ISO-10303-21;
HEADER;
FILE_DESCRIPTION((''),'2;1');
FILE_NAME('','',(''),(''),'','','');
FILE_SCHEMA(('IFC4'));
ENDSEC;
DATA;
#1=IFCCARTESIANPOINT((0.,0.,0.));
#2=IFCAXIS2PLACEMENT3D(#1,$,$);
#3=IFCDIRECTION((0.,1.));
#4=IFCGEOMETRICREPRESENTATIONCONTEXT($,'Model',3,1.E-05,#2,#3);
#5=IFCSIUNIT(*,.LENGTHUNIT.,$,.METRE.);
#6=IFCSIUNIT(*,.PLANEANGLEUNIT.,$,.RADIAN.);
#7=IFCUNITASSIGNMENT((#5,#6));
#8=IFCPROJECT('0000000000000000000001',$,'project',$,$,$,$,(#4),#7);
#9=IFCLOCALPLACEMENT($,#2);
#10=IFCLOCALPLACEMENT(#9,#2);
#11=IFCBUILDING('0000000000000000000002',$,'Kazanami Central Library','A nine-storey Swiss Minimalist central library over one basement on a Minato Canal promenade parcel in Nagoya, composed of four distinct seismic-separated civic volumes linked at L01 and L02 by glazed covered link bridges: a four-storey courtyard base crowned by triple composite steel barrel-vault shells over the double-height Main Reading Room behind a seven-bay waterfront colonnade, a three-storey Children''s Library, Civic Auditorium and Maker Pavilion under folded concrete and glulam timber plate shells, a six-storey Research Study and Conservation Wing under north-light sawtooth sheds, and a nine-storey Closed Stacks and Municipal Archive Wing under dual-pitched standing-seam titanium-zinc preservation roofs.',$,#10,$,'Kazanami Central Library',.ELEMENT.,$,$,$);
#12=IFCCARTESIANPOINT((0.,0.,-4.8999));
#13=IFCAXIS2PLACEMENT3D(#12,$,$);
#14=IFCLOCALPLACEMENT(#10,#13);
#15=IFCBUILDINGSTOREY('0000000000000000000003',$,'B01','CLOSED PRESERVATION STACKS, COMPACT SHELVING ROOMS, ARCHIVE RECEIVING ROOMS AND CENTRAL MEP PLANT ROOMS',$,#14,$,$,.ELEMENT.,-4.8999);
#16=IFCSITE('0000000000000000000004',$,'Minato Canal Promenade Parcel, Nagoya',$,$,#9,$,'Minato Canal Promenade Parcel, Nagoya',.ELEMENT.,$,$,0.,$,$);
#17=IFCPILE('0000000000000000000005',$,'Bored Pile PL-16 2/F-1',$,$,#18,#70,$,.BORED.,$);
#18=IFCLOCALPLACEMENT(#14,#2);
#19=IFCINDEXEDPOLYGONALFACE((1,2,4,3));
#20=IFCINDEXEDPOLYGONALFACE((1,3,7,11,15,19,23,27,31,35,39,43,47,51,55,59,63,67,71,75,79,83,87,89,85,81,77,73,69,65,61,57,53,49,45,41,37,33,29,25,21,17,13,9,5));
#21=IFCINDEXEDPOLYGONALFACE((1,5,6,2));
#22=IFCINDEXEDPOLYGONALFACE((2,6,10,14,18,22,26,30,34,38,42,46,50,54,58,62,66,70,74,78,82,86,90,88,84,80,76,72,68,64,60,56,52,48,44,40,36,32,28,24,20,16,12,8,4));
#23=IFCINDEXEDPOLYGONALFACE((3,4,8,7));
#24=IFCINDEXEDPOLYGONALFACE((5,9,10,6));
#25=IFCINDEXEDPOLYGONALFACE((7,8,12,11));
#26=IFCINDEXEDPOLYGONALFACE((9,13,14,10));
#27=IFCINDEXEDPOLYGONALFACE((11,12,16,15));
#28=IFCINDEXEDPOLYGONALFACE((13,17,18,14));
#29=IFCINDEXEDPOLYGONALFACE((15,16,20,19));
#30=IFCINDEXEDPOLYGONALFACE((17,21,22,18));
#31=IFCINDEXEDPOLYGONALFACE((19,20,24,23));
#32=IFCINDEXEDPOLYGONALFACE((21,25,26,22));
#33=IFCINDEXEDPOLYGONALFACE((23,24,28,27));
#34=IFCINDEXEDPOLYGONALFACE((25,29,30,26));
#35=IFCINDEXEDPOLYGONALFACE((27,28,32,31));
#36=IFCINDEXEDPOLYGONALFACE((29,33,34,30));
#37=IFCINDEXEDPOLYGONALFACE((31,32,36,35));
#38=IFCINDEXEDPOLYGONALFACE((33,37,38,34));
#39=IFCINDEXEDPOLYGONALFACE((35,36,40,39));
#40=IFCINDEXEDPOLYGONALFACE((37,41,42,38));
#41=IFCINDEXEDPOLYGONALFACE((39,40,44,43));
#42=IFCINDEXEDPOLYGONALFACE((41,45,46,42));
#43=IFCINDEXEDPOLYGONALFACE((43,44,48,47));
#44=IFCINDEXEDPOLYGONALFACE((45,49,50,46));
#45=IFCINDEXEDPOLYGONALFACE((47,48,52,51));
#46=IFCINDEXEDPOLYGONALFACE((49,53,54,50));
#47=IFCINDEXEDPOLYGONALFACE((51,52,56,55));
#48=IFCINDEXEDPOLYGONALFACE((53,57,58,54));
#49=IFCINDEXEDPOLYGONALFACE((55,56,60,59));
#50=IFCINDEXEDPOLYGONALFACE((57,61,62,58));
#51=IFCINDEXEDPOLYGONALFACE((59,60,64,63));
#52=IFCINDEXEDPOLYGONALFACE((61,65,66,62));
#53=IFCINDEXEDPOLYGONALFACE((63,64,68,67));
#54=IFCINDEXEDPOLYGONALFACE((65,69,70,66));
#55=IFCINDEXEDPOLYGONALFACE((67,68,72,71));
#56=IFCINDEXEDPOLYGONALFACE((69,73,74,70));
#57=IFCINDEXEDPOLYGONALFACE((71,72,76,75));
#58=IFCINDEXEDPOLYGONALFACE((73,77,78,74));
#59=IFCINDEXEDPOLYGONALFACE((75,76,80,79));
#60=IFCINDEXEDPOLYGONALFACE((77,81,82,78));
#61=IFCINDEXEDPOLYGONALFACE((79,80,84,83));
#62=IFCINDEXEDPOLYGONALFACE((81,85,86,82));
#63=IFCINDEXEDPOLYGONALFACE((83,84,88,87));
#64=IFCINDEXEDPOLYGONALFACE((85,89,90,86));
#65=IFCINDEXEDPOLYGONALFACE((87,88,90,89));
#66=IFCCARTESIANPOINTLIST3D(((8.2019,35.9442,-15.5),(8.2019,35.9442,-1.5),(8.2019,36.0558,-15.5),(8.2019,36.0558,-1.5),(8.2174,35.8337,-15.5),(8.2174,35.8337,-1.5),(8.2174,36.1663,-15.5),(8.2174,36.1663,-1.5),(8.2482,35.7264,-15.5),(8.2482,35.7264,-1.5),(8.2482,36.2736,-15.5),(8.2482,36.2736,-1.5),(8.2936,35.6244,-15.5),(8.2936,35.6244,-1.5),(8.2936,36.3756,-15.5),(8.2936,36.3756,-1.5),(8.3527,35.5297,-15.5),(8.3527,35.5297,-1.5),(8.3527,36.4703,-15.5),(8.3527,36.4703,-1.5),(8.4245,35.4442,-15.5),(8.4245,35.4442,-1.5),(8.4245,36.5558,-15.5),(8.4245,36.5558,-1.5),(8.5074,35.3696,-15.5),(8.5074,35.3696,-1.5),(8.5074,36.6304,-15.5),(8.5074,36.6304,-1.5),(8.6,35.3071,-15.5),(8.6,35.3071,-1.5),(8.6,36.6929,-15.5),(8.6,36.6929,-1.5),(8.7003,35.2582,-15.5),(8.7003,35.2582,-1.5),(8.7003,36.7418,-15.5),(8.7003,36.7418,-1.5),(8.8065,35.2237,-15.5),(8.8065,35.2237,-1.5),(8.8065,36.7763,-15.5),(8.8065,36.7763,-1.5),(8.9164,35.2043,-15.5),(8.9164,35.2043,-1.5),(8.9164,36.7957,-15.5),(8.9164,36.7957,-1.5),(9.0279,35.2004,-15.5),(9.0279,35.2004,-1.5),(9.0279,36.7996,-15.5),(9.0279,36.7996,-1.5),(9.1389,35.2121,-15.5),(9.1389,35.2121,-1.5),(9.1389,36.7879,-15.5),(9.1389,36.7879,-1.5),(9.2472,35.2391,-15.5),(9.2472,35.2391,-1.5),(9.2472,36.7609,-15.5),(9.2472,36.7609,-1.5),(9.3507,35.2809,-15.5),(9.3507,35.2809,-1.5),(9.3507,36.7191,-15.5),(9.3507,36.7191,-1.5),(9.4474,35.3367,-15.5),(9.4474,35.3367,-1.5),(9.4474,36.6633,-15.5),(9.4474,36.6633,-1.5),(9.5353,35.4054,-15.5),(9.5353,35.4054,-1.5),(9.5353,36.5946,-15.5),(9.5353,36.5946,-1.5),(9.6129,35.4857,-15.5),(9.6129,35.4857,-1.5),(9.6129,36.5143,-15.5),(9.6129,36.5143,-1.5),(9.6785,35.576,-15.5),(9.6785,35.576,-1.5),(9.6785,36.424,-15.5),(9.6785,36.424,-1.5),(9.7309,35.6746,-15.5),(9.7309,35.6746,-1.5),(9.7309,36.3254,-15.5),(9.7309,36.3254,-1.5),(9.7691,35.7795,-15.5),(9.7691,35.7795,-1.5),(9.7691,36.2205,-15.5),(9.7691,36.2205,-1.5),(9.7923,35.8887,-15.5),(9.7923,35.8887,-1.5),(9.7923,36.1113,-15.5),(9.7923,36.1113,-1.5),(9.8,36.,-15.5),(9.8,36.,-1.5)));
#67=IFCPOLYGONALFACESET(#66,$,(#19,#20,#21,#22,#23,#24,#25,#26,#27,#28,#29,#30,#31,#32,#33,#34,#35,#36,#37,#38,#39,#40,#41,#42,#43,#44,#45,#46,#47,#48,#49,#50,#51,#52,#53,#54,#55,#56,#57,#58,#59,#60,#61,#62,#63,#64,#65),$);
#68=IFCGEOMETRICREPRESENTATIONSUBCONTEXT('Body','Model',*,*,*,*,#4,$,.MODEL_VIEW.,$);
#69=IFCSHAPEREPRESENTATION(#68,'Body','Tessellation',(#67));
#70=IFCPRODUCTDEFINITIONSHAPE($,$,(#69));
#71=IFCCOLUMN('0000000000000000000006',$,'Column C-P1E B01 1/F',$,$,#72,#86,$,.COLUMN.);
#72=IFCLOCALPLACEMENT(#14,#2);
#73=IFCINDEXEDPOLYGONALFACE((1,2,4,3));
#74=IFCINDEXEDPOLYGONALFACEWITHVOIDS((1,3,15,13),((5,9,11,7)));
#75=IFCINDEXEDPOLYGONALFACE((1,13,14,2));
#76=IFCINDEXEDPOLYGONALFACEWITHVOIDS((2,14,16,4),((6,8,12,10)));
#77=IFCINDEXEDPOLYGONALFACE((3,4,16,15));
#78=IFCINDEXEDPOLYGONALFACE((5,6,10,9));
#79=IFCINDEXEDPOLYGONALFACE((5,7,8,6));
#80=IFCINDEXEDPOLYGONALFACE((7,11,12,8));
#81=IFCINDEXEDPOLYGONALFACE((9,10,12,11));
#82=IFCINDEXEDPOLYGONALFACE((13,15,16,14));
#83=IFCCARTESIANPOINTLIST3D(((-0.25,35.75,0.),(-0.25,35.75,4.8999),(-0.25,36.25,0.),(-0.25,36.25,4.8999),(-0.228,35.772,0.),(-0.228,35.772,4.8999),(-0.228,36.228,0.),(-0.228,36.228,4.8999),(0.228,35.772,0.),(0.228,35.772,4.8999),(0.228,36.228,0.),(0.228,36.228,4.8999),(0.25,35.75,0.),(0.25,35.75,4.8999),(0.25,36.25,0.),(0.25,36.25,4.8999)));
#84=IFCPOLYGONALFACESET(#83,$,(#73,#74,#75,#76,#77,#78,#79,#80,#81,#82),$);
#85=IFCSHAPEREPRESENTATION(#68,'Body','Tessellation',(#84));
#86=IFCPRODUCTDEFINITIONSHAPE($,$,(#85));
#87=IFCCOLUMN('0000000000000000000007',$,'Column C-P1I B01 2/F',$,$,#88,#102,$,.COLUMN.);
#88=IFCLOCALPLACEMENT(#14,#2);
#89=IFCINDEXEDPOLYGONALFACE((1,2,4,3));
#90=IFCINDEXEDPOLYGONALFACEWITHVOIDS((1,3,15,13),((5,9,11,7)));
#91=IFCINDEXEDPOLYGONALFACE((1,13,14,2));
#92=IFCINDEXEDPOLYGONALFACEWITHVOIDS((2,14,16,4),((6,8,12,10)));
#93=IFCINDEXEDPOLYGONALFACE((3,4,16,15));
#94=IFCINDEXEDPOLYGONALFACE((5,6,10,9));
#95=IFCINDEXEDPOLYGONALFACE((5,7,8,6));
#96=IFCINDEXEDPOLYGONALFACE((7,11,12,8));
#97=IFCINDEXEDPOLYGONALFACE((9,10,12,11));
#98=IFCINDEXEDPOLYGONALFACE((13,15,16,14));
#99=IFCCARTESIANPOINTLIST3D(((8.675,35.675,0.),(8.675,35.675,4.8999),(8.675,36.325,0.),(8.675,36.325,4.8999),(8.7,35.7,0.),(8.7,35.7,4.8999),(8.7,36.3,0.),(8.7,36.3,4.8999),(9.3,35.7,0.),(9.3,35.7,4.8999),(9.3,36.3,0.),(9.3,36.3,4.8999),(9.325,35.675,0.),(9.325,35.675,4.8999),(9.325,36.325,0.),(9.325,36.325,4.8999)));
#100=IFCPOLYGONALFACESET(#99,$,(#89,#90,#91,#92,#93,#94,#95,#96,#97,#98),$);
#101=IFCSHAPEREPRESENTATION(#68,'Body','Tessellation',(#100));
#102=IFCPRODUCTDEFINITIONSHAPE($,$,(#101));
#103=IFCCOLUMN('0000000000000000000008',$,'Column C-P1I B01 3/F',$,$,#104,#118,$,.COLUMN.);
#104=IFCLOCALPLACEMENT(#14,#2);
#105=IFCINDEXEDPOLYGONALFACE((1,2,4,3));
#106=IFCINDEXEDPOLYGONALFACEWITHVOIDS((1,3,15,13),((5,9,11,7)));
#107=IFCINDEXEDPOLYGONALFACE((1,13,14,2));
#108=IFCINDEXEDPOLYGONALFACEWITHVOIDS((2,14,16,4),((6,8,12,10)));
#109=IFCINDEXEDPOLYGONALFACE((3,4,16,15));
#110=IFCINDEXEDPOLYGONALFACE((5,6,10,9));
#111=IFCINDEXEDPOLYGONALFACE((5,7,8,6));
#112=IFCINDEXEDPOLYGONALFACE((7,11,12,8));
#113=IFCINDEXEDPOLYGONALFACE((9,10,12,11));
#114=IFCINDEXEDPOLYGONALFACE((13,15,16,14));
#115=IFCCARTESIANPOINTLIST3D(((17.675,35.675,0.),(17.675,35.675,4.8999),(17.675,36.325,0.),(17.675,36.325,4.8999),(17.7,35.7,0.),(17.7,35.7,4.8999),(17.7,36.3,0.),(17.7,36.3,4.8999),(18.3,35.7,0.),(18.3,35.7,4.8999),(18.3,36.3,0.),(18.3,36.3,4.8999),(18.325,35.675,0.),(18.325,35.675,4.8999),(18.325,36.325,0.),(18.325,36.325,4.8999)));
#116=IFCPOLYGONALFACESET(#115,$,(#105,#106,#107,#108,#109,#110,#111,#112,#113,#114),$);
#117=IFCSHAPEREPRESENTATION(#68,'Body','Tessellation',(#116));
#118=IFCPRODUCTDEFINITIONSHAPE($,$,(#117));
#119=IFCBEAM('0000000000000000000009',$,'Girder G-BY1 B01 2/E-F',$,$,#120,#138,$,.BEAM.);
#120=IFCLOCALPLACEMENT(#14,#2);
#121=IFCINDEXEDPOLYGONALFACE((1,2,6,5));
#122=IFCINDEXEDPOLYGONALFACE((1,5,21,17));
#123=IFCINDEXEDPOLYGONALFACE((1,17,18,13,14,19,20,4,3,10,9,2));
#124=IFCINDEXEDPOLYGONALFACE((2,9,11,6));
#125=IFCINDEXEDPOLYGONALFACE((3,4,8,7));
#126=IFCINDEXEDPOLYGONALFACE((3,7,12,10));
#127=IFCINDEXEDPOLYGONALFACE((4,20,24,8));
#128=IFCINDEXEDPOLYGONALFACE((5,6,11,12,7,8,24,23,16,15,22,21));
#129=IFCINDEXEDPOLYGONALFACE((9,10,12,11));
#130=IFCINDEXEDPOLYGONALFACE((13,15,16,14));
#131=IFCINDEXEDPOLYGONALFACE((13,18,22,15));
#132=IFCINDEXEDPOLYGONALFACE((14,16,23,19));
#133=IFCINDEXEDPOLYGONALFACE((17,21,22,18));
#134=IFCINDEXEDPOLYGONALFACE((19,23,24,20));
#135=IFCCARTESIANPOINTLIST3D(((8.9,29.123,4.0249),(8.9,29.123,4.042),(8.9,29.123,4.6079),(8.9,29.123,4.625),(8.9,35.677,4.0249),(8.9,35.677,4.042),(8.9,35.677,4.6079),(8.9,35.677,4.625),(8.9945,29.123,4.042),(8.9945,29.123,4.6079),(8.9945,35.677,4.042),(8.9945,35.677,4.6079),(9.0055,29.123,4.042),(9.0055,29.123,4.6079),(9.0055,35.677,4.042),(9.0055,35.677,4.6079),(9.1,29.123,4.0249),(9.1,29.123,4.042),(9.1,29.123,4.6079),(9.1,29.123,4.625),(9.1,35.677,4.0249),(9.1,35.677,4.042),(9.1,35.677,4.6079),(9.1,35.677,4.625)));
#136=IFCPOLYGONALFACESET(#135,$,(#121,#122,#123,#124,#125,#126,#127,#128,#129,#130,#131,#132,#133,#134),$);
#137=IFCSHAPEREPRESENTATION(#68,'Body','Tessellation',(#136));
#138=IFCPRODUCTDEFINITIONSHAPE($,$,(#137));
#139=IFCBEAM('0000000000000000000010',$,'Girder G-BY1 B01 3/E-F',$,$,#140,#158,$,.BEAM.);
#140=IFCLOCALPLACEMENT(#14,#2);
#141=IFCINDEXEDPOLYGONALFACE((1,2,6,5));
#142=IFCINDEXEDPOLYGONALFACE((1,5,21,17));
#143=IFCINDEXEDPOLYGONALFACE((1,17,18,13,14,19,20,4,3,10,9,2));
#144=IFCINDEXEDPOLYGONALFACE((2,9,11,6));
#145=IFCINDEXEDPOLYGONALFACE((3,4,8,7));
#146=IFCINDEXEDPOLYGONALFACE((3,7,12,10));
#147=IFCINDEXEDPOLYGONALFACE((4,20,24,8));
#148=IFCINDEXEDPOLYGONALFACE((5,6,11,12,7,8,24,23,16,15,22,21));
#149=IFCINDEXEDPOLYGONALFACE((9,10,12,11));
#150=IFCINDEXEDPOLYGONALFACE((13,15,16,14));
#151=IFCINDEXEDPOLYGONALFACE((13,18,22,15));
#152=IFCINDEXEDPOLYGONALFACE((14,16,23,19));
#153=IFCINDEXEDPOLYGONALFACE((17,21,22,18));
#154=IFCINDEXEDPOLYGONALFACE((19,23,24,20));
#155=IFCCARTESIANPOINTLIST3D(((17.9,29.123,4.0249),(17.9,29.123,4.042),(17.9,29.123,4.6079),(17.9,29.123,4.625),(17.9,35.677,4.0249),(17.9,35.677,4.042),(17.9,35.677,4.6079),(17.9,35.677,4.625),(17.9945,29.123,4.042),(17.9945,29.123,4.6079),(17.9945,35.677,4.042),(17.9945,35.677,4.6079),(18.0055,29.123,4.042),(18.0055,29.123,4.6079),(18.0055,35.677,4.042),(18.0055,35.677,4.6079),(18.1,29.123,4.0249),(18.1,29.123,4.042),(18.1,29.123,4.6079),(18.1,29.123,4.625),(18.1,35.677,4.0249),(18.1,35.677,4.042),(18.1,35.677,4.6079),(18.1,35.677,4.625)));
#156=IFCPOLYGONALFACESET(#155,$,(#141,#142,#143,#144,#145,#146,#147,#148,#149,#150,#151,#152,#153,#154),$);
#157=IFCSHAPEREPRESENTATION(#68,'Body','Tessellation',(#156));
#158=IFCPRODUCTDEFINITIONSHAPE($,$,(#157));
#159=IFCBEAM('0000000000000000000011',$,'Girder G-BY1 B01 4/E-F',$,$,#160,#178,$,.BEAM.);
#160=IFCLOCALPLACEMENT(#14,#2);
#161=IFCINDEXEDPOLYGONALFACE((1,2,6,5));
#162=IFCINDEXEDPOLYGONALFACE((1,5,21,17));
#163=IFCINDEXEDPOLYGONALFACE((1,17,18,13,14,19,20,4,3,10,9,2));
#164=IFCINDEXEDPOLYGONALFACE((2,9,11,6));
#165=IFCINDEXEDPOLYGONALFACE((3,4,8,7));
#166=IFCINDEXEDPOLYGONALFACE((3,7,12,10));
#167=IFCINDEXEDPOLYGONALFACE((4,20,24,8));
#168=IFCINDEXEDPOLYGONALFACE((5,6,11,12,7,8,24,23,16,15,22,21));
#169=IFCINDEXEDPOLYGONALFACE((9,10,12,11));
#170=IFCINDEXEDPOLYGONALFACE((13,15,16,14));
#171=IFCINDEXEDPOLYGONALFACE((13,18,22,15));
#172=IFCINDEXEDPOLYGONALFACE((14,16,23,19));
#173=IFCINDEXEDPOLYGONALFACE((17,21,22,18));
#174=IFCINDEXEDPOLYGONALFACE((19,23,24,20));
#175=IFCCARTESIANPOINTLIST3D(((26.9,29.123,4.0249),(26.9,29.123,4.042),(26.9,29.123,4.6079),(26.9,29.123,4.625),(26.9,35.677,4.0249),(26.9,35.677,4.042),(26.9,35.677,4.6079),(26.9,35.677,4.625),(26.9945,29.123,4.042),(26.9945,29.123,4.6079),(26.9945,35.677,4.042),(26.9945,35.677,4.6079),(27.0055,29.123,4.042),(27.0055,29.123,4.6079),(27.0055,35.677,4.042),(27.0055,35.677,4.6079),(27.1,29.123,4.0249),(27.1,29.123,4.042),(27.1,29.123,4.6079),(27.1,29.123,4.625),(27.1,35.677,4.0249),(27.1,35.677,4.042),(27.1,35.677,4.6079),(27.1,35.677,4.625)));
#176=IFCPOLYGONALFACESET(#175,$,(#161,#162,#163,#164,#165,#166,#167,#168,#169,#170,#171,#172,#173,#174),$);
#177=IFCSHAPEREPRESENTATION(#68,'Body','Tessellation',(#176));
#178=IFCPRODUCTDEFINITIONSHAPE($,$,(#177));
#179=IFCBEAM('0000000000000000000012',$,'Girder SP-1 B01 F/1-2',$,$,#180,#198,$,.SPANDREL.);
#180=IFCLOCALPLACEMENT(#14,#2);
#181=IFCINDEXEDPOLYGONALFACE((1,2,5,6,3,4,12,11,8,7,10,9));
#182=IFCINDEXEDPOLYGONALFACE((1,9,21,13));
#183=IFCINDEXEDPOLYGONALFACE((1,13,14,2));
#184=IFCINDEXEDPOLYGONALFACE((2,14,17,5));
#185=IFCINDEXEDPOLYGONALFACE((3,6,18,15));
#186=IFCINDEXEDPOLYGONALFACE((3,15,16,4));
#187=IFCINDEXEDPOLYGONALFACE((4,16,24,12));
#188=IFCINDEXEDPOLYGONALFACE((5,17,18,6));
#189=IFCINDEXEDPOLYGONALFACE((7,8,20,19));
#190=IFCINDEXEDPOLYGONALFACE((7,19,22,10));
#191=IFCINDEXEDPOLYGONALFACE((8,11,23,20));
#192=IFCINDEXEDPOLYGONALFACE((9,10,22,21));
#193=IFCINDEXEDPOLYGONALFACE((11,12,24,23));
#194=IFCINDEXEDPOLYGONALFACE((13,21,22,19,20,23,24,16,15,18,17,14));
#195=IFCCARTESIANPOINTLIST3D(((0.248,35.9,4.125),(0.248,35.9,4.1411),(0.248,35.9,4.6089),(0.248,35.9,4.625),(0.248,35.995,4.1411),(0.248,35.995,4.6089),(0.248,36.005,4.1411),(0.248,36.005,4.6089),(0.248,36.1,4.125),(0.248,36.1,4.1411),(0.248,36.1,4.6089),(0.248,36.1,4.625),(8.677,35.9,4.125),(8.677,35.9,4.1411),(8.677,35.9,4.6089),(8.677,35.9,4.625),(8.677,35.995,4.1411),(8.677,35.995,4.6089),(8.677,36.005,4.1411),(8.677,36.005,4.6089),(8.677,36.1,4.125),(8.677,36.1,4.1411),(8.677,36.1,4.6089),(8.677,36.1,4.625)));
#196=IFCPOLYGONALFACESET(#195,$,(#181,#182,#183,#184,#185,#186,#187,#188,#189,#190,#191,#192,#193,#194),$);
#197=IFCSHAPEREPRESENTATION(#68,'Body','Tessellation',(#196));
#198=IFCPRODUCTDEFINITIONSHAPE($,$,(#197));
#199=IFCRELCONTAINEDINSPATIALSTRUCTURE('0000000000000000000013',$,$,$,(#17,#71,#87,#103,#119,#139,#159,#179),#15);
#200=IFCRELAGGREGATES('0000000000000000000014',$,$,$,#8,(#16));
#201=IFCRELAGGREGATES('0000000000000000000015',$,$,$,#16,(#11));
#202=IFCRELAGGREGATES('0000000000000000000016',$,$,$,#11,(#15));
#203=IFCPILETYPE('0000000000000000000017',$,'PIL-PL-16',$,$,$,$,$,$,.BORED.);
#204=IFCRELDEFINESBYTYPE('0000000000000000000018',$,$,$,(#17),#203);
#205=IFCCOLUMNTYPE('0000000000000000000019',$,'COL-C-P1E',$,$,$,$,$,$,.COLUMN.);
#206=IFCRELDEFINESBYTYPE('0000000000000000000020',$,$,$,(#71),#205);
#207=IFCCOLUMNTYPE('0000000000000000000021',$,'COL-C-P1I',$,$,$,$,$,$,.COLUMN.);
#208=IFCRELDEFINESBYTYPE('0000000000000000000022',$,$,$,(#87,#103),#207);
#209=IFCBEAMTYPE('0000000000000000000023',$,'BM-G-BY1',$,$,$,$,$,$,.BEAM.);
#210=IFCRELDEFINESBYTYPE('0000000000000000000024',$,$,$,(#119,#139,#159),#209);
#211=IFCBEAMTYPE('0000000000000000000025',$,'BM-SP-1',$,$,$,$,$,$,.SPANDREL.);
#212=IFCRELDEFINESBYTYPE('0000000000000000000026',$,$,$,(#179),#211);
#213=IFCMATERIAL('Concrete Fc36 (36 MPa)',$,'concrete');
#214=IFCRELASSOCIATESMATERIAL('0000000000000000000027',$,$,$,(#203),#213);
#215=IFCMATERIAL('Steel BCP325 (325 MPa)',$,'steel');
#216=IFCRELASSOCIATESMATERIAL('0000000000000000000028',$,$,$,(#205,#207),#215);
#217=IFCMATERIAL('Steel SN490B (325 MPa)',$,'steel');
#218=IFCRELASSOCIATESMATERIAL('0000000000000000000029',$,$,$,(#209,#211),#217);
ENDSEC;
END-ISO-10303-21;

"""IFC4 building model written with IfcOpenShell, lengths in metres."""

from ifc_helpers import new_model, si_unit, direction, frame, origin, origin_2d, place, context, subcontext, project, spatial, hollow_rectangle, circle, i_section, extrude, material, material_profile, profile_set, type_object, element, save


model = new_model("IFC4")

# Units and contexts
model_context = context("Model", 3, precision=1e-05, world=origin(), true_north=direction((0.0, 1.0)))
body_context = subcontext(model_context, "Body", "Model", "MODEL_VIEW")
ifc_project = project(units=[si_unit("LENGTHUNIT", "METRE"), si_unit("PLANEANGLEUNIT", "RADIAN")], contexts=[model_context])

# Site, building, storey
site_placement = place(None, origin())
site = spatial("IfcSite", under=ifc_project, at=site_placement, Name="Minato Canal Promenade Parcel, Nagoya", LongName="Minato Canal Promenade Parcel, Nagoya", CompositionType="ELEMENT", RefElevation=0.0)
building_placement = place(site_placement, origin())
building = spatial("IfcBuilding", under=site, at=building_placement, Name="Kazanami Central Library", Description="A nine-storey Swiss Minimalist central library over one basement on a Minato Canal promenade parcel in Nagoya, composed of four distinct seismic-separated civic volumes linked at L01 and L02 by glazed covered link bridges: a four-storey courtyard base crowned by triple composite steel barrel-vault shells over the double-height Main Reading Room behind a seven-bay waterfront colonnade, a three-storey Children's Library, Civic Auditorium and Maker Pavilion under folded concrete and glulam timber plate shells, a six-storey Research Study and Conservation Wing under north-light sawtooth sheds, and a nine-storey Closed Stacks and Municipal Archive Wing under dual-pitched standing-seam titanium-zinc preservation roofs.", LongName="Kazanami Central Library", CompositionType="ELEMENT")
storey_placement = place(building_placement, frame((0.0, 0.0, -4.8999)))
storey = spatial("IfcBuildingStorey", under=building, at=storey_placement, Name="B01", Description="CLOSED PRESERVATION STACKS, COMPACT SHELVING ROOMS, ARCHIVE RECEIVING ROOMS AND CENTRAL MEP PLANT ROOMS", CompositionType="ELEMENT", Elevation=-4.8999)

# Shared definitions
ifc_material_1 = material(Name="Concrete Fc36 (36 MPa)", Category="concrete")

# Pile
ifc_material_profile_1 = material_profile(ifc_material_1, circle(Radius=0.8, at=origin_2d()), Name="BORED-D1600")
ifc_profile_set_1 = profile_set([ifc_material_profile_1], Name="Concrete Fc36 (36 MPa)")
pile_type_1 = type_object("IfcPileType", Name="PIL-PL-16", PredefinedType="BORED", material=ifc_profile_set_1)
pile_1_placement = place(storey_placement, frame((9.0, 36.0, -1.5), z_axis=(0.0, 0.0, -1.0), x_axis=(1.0, 0.0, 0.0)))
element("IfcPile", 1, at=pile_1_placement, inside=storey, type_object=pile_type_1, Name="Bored Pile PL-16 2/F-1", PredefinedType="BORED", context=body_context, shape_type="SweptSolid", body=[
    extrude(circle(Radius=0.8, at=origin_2d()), origin(), (0.0, 0.0, 1.0), 14.0),
])

# Columns
ifc_material_2 = material(Name="Steel BCP325 (325 MPa)", Category="steel")
ifc_material_profile_2 = material_profile(ifc_material_2, hollow_rectangle(XDim=0.5, YDim=0.5, WallThickness=0.022, at=origin_2d()), Name="BCP-500x500x22")
ifc_profile_set_2 = profile_set([ifc_material_profile_2], Name="Steel BCP325 (325 MPa)")
column_type_1 = type_object("IfcColumnType", Name="COL-C-P1E", PredefinedType="COLUMN", material=ifc_profile_set_2)
column_placement = place(storey_placement, frame((0.0, 36.0, 0.0), z_axis=(0.0, 0.0, 1.0), x_axis=(1.0, 0.0, 0.0)))
element("IfcColumn", 2, at=column_placement, inside=storey, type_object=column_type_1, Name="Column C-P1E B01 1/F", PredefinedType="COLUMN", context=body_context, shape_type="SweptSolid", body=[
    extrude(hollow_rectangle(XDim=0.5, YDim=0.5, WallThickness=0.022, at=origin_2d()), origin(), (0.0, 0.0, 1.0), 4.8999),
])
ifc_material_profile_3 = material_profile(ifc_material_2, hollow_rectangle(XDim=0.6499, YDim=0.6499, WallThickness=0.0249, at=origin_2d()), Name="BCP-650x650x25")
ifc_profile_set_3 = profile_set([ifc_material_profile_3], Name="Steel BCP325 (325 MPa)")
column_type_2 = type_object("IfcColumnType", Name="COL-C-P1I", PredefinedType="COLUMN", material=ifc_profile_set_3)
for number, where, z_axis, x_axis, name in (
    (3, (9.0, 36.0, 0.0), (0.0, 0.0, 1.0), (1.0, 0.0, 0.0), "Column C-P1I B01 2/F"),
    (4, (18.0, 36.0, 0.0), (0.0, 0.0, 1.0), (1.0, 0.0, 0.0), "Column C-P1I B01 3/F"),
):
    element("IfcColumn", number, at=place(storey_placement, frame(where, z_axis=z_axis, x_axis=x_axis)), inside=storey, type_object=column_type_2, Name=name, PredefinedType="COLUMN", context=body_context, shape_type="SweptSolid", body=[
        extrude(hollow_rectangle(XDim=0.6499, YDim=0.6499, WallThickness=0.0249, at=origin_2d()), origin(), (0.0, 0.0, 1.0), 4.8999),
    ])

# Beams
ifc_material_3 = material(Name="Steel SN490B (325 MPa)", Category="steel")
ifc_material_profile_4 = material_profile(ifc_material_3, i_section(OverallWidth=0.2, OverallDepth=0.6001, WebThickness=0.011, FlangeThickness=0.0171, at=origin_2d()), Name="H-600x200x11x17")
ifc_profile_set_4 = profile_set([ifc_material_profile_4], Name="Steel SN490B (325 MPa)")
beam_type_1 = type_object("IfcBeamType", Name="BM-G-BY1", PredefinedType="BEAM", material=ifc_profile_set_4)
for number, where, z_axis, x_axis, name in (
    (5, (9.0, 29.123, 4.325), (0.0, 1.0, 0.0), (-1.0, 0.0, 0.0), "Girder G-BY1 B01 2/E-F"),
    (6, (18.0, 29.123, 4.325), (0.0, 1.0, 0.0), (-1.0, 0.0, 0.0), "Girder G-BY1 B01 3/E-F"),
    (7, (27.0, 29.123, 4.325), (0.0, 1.0, 0.0), (-1.0, 0.0, 0.0), "Girder G-BY1 B01 4/E-F"),
):
    element("IfcBeam", number, at=place(storey_placement, frame(where, z_axis=z_axis, x_axis=x_axis)), inside=storey, type_object=beam_type_1, Name=name, PredefinedType="BEAM", context=body_context, shape_type="SweptSolid", body=[
        extrude(i_section(OverallWidth=0.2, OverallDepth=0.6001, WebThickness=0.011, FlangeThickness=0.0171, at=origin_2d()), origin(), (0.0, 0.0, 1.0), 6.554),
    ])
ifc_material_profile_5 = material_profile(ifc_material_3, i_section(OverallWidth=0.2, OverallDepth=0.5, WebThickness=0.01, FlangeThickness=0.0161, at=origin_2d()), Name="H-500x200x10x16")
ifc_profile_set_5 = profile_set([ifc_material_profile_5], Name="Steel SN490B (325 MPa)")
beam_type_2 = type_object("IfcBeamType", Name="BM-SP-1", PredefinedType="SPANDREL", material=ifc_profile_set_5)
beam_1_placement = place(storey_placement, frame((0.248, 36.0, 4.375), z_axis=(1.0, 0.0, 0.0), x_axis=(0.0, 1.0, 0.0)))
element("IfcBeam", 8, at=beam_1_placement, inside=storey, type_object=beam_type_2, Name="Girder SP-1 B01 F/1-2", PredefinedType="SPANDREL", context=body_context, shape_type="SweptSolid", body=[
    extrude(i_section(OverallWidth=0.2, OverallDepth=0.5, WebThickness=0.01, FlangeThickness=0.0161, at=origin_2d()), origin(), (0.0, 0.0, 1.0), 8.429),
])

save(model, "model.ifc")
